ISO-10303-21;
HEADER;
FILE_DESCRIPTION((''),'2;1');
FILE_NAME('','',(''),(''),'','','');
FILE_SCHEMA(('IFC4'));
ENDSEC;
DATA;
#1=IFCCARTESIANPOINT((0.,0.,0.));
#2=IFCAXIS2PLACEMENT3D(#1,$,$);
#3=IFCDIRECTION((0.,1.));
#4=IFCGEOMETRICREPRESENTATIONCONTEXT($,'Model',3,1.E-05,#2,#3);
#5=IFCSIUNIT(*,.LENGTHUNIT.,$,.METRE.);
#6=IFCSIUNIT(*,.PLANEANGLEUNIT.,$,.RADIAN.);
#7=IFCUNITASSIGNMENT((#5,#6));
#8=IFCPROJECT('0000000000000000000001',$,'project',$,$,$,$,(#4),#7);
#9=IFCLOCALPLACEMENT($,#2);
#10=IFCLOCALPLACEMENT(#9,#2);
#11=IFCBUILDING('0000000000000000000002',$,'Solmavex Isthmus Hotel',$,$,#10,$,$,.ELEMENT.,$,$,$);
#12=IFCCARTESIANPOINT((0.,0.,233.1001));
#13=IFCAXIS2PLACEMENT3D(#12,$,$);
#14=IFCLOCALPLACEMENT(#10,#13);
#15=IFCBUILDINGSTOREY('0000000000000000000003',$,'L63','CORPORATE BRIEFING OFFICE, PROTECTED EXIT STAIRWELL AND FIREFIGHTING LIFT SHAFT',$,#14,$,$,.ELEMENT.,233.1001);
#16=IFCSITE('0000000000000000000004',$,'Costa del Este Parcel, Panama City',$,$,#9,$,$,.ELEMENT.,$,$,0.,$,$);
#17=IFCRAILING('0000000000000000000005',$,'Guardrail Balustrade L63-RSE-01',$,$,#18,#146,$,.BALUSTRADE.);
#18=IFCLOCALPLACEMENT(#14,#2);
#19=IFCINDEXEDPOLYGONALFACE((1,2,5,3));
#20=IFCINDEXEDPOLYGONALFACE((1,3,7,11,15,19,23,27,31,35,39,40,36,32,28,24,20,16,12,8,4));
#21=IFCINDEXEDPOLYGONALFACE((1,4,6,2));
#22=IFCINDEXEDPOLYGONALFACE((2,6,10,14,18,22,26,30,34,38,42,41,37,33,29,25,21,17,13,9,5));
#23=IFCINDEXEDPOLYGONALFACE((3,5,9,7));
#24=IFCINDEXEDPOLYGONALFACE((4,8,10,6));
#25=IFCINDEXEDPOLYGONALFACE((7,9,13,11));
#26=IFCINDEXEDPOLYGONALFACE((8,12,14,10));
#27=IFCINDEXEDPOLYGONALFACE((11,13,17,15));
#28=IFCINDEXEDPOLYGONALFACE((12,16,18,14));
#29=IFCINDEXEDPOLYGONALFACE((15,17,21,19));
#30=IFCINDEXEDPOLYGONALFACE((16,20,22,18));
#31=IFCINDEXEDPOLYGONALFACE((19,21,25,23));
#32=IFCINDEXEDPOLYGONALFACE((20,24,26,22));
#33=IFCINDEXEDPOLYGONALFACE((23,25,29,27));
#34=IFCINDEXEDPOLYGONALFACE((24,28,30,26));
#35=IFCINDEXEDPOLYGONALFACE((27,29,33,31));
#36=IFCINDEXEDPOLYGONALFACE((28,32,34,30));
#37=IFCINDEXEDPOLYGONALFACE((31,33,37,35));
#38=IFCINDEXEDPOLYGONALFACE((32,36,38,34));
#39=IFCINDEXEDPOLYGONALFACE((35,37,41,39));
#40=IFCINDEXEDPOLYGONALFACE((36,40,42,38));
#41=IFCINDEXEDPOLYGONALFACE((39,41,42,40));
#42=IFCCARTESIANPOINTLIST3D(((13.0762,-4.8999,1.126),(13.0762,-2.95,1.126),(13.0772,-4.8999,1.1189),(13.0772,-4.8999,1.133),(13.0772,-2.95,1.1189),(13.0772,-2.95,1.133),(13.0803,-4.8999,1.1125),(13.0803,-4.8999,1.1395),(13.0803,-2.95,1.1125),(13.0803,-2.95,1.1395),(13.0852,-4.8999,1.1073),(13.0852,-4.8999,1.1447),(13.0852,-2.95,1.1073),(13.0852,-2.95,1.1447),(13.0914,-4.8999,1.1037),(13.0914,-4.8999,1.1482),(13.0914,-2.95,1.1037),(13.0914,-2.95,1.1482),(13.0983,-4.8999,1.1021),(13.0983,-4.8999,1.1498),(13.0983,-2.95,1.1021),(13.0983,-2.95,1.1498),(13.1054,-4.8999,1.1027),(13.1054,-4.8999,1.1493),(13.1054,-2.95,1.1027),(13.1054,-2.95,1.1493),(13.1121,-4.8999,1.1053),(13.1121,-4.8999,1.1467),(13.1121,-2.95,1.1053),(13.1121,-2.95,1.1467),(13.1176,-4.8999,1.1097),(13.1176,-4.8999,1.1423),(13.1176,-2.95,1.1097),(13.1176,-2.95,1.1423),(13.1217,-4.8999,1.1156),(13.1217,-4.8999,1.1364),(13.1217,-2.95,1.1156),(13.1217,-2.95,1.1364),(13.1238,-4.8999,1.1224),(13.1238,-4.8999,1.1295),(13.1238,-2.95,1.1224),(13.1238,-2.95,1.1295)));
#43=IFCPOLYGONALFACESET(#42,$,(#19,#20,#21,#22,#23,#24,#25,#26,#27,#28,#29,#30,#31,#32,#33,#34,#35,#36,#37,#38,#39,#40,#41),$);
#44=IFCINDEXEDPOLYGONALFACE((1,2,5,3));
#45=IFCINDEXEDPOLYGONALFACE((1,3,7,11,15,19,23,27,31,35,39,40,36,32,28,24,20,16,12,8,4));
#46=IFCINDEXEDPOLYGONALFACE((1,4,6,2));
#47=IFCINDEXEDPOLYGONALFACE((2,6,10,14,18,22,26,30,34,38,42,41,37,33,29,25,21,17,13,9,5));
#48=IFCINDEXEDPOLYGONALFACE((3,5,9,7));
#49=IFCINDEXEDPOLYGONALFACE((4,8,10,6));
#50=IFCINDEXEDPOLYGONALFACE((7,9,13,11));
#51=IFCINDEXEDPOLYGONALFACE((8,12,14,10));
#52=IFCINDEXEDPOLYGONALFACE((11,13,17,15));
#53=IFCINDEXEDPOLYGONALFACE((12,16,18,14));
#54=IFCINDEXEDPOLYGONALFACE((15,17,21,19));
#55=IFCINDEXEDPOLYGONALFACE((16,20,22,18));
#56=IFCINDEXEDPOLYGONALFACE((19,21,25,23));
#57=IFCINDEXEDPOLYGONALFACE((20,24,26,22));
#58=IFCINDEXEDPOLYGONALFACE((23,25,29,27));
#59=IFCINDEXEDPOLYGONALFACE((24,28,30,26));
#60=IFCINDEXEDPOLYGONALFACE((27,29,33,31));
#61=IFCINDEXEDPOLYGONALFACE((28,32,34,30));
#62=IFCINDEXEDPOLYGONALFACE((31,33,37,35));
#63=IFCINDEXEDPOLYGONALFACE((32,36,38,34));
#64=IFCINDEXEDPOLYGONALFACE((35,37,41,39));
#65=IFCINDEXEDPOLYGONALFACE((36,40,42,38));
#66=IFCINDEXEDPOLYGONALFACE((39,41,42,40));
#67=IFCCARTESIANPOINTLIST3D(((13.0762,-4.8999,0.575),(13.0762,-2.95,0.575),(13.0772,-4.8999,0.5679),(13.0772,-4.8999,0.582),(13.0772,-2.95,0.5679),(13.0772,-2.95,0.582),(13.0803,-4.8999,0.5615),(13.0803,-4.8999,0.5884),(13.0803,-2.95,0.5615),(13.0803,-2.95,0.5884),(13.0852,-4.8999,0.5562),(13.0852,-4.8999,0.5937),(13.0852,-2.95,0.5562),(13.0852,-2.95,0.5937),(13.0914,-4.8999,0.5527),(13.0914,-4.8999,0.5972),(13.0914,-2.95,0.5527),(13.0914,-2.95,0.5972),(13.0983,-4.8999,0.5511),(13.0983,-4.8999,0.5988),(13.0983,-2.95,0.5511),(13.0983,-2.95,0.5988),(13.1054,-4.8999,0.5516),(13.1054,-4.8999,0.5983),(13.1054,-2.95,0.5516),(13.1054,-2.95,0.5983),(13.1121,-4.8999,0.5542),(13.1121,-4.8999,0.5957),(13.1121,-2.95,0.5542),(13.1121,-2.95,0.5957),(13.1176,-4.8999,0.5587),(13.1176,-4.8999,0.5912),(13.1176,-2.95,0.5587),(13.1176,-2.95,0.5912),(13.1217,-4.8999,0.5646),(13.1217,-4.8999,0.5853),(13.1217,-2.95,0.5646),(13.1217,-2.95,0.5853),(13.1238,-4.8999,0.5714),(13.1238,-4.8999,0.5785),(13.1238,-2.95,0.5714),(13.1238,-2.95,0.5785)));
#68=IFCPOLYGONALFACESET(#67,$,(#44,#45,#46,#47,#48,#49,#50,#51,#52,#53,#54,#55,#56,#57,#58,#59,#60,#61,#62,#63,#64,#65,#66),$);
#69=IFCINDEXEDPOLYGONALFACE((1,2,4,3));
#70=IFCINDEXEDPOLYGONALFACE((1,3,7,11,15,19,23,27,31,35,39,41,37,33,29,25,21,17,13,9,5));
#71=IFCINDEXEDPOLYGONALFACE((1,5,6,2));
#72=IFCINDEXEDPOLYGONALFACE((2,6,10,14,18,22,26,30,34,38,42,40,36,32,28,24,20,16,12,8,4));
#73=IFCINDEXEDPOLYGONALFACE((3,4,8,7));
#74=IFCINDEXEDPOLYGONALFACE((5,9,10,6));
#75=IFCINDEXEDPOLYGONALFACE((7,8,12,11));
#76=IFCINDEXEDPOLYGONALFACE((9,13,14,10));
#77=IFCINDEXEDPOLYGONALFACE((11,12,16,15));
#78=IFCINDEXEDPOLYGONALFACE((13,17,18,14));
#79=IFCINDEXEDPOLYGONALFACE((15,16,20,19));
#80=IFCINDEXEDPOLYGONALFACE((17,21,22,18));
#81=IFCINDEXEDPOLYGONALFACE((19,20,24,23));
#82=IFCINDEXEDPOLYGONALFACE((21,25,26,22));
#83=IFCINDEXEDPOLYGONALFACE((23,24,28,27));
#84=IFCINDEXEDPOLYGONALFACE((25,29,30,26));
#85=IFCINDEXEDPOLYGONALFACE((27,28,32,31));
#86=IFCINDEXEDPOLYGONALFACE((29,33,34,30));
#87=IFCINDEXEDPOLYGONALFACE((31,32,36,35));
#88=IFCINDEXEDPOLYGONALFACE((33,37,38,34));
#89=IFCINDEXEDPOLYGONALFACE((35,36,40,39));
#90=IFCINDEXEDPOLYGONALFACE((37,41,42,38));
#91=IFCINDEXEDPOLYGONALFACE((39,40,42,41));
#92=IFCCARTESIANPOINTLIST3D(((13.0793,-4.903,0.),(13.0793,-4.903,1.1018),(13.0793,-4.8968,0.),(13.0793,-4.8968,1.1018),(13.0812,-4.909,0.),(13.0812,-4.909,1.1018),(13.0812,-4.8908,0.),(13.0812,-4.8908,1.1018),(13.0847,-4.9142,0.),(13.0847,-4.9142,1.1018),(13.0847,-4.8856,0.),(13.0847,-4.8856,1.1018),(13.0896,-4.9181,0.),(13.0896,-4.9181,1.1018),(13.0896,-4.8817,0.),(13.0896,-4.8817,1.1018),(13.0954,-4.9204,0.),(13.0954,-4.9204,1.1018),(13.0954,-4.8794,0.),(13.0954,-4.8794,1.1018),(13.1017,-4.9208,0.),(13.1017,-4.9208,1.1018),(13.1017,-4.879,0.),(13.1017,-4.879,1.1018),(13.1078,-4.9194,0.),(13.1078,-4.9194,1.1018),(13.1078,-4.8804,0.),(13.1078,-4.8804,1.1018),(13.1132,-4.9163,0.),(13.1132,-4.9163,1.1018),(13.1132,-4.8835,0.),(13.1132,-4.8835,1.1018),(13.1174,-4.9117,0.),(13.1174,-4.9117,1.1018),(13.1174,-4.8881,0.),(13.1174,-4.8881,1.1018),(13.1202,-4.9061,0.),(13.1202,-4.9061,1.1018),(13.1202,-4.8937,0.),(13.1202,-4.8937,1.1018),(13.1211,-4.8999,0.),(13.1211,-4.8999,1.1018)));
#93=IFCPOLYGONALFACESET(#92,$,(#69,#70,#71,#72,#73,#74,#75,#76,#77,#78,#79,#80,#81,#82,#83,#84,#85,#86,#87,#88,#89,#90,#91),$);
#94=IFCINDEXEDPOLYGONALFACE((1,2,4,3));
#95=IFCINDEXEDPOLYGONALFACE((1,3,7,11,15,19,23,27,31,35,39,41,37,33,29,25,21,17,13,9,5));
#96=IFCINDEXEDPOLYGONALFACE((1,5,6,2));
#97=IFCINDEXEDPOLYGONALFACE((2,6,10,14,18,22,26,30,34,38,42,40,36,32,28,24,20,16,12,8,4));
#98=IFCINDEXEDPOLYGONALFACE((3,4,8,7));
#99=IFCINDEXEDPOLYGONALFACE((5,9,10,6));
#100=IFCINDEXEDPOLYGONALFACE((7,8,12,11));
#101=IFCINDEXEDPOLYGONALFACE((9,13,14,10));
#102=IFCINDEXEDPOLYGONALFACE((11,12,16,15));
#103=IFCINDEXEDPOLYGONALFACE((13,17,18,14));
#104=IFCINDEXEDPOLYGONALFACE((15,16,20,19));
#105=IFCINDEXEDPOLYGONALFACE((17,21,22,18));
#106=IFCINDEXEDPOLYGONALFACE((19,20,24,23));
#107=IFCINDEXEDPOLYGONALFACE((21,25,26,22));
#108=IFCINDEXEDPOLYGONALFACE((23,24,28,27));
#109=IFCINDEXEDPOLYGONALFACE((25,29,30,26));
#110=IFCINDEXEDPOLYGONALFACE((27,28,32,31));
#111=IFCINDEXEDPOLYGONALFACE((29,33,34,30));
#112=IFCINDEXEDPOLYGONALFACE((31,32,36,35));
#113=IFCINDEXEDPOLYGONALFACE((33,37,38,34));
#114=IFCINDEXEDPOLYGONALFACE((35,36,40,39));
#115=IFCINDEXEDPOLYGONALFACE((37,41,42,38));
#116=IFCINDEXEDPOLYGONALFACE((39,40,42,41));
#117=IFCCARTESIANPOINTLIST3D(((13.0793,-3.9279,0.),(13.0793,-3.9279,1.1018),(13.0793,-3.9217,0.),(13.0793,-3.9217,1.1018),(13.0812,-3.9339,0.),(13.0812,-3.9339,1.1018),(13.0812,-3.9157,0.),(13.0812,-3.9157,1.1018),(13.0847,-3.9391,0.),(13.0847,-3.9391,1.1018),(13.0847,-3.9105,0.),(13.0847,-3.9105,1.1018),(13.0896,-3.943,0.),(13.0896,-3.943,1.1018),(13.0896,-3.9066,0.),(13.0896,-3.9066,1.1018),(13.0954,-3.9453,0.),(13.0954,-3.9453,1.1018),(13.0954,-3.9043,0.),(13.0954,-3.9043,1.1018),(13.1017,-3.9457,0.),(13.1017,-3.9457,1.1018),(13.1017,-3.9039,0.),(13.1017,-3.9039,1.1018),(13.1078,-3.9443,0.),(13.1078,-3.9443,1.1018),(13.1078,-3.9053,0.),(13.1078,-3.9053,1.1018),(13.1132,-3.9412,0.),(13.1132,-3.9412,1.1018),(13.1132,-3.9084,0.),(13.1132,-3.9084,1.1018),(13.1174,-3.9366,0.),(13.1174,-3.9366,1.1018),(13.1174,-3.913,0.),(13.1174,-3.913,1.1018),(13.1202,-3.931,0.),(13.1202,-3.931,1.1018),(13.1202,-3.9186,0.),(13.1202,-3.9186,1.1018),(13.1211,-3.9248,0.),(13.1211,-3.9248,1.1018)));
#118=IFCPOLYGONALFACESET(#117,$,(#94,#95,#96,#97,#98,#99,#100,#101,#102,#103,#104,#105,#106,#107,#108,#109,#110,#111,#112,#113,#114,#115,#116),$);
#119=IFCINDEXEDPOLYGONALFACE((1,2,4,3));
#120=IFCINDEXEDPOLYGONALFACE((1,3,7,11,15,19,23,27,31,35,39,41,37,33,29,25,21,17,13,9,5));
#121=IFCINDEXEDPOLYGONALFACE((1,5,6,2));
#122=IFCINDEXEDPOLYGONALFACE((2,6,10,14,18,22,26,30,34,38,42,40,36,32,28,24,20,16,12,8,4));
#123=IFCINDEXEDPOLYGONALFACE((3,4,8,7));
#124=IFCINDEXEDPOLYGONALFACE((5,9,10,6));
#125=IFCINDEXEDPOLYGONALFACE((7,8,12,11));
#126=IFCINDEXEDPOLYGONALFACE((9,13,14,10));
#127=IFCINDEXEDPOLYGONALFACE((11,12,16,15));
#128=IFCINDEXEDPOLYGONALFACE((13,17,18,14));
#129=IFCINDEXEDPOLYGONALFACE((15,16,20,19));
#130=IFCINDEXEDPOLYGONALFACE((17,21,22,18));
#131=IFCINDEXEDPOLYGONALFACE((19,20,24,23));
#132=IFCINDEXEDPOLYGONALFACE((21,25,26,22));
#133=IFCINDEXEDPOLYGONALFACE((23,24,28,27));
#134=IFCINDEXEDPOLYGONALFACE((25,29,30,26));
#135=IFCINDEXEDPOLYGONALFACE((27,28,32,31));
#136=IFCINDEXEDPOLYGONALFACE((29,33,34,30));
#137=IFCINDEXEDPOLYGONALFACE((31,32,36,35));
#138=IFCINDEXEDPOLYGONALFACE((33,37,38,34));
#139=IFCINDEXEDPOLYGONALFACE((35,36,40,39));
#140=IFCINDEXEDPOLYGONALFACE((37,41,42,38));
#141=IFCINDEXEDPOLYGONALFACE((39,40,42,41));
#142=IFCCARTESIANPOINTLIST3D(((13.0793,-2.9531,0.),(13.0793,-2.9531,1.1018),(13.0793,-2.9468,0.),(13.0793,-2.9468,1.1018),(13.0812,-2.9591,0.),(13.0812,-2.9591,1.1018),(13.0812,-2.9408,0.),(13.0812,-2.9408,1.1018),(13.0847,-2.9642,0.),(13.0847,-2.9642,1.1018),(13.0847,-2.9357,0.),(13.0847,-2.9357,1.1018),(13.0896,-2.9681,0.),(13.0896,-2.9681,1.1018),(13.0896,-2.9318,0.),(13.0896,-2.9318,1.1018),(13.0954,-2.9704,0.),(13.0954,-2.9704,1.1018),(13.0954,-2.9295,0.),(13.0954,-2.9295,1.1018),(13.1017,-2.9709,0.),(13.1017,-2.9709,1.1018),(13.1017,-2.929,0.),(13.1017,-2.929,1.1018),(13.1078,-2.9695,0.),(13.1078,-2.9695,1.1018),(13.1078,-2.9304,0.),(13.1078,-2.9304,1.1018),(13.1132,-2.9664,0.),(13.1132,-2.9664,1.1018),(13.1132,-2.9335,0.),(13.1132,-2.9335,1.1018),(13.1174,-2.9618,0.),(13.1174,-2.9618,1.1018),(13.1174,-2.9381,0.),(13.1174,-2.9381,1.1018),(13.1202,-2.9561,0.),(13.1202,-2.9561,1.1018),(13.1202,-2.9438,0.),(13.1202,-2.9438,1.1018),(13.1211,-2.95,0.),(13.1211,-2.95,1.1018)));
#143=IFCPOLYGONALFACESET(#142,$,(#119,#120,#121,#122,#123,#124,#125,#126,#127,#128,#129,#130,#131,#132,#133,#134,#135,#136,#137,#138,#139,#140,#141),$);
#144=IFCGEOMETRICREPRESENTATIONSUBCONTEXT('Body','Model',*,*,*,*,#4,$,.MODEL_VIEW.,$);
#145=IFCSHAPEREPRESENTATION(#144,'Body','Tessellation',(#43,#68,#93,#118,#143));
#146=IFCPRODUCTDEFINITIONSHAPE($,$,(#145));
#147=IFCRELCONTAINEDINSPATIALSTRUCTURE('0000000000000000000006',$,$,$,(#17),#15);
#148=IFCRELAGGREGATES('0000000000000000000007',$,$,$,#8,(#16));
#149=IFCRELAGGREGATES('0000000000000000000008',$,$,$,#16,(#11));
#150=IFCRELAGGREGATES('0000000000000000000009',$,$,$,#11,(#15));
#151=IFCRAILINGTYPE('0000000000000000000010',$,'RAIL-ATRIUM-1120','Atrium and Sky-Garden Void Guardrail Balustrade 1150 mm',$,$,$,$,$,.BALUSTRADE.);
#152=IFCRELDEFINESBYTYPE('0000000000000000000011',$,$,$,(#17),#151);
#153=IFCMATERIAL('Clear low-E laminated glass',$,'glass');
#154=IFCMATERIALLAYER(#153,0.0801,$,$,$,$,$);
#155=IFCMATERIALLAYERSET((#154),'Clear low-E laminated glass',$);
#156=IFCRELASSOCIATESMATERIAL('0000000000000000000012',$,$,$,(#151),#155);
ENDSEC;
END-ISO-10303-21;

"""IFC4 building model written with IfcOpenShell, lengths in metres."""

from ifc_helpers import new_model, si_unit, direction, frame, origin, origin_2d, place, context, subcontext, project, spatial, circle, extrude, material, layer, layer_set, type_object, element, save


model = new_model("IFC4")

# Units and contexts
model_context = context("Model", 3, precision=1e-05, world=origin(), true_north=direction((0.0, 1.0)))
body_context = subcontext(model_context, "Body", "Model", "MODEL_VIEW")
ifc_project = project(units=[si_unit("LENGTHUNIT", "METRE"), si_unit("PLANEANGLEUNIT", "RADIAN")], contexts=[model_context])

# Site, building, storey
site_placement = place(None, origin())
site = spatial("IfcSite", under=ifc_project, at=site_placement, Name="Costa del Este Parcel, Panama City", CompositionType="ELEMENT", RefElevation=0.0)
building_placement = place(site_placement, origin())
building = spatial("IfcBuilding", under=site, at=building_placement, Name="Solmavex Isthmus Hotel", CompositionType="ELEMENT")
storey_placement = place(building_placement, frame((0.0, 0.0, 233.1001)))
storey = spatial("IfcBuildingStorey", under=building, at=storey_placement, Name="L63", Description="CORPORATE BRIEFING OFFICE, PROTECTED EXIT STAIRWELL AND FIREFIGHTING LIFT SHAFT", CompositionType="ELEMENT", Elevation=233.1001)

# Railing
ifc_material_1 = material(Name="Clear low-E laminated glass", Category="glass")
ifc_layer_1 = layer(ifc_material_1, 0.0801)
ifc_layer_set_1 = layer_set([ifc_layer_1], Name="Clear low-E laminated glass")
railing_type_1 = type_object("IfcRailingType", Name="RAIL-ATRIUM-1120", Description="Atrium and Sky-Garden Void Guardrail Balustrade 1150 mm", PredefinedType="BALUSTRADE", material=ifc_layer_set_1)
railing_1_placement = place(storey_placement, frame((13.1001, -4.8999, 0.0)))
element("IfcRailing", 1, at=railing_1_placement, inside=storey, type_object=railing_type_1, Name="Guardrail Balustrade L63-RSE-01", PredefinedType="BALUSTRADE", context=body_context, shape_type="SweptSolid", body=[
    extrude(circle(Radius=0.0239, at=origin_2d()), frame((0.0, 0.0, 1.126), z_axis=(0.0, 1.0, 0.0), x_axis=(-1.0, 0.0, 0.0)), (0.0, 0.0, 1.0), 1.95),
    extrude(circle(Radius=0.0239, at=origin_2d()), frame((0.0, 0.0, 0.575), z_axis=(0.0, 1.0, 0.0), x_axis=(-1.0, 0.0, 0.0)), (0.0, 0.0, 1.0), 1.95),
    extrude(circle(Radius=0.021, at=origin_2d()), origin(), (0.0, 0.0, 1.0), 1.1018),
    extrude(circle(Radius=0.021, at=origin_2d()), frame((0.0, 0.9751, 0.0)), (0.0, 0.0, 1.0), 1.1018),
    extrude(circle(Radius=0.021, at=origin_2d()), frame((0.0, 1.95, 0.0)), (0.0, 0.0, 1.0), 1.1018),
])

save(model, "model.ifc")
